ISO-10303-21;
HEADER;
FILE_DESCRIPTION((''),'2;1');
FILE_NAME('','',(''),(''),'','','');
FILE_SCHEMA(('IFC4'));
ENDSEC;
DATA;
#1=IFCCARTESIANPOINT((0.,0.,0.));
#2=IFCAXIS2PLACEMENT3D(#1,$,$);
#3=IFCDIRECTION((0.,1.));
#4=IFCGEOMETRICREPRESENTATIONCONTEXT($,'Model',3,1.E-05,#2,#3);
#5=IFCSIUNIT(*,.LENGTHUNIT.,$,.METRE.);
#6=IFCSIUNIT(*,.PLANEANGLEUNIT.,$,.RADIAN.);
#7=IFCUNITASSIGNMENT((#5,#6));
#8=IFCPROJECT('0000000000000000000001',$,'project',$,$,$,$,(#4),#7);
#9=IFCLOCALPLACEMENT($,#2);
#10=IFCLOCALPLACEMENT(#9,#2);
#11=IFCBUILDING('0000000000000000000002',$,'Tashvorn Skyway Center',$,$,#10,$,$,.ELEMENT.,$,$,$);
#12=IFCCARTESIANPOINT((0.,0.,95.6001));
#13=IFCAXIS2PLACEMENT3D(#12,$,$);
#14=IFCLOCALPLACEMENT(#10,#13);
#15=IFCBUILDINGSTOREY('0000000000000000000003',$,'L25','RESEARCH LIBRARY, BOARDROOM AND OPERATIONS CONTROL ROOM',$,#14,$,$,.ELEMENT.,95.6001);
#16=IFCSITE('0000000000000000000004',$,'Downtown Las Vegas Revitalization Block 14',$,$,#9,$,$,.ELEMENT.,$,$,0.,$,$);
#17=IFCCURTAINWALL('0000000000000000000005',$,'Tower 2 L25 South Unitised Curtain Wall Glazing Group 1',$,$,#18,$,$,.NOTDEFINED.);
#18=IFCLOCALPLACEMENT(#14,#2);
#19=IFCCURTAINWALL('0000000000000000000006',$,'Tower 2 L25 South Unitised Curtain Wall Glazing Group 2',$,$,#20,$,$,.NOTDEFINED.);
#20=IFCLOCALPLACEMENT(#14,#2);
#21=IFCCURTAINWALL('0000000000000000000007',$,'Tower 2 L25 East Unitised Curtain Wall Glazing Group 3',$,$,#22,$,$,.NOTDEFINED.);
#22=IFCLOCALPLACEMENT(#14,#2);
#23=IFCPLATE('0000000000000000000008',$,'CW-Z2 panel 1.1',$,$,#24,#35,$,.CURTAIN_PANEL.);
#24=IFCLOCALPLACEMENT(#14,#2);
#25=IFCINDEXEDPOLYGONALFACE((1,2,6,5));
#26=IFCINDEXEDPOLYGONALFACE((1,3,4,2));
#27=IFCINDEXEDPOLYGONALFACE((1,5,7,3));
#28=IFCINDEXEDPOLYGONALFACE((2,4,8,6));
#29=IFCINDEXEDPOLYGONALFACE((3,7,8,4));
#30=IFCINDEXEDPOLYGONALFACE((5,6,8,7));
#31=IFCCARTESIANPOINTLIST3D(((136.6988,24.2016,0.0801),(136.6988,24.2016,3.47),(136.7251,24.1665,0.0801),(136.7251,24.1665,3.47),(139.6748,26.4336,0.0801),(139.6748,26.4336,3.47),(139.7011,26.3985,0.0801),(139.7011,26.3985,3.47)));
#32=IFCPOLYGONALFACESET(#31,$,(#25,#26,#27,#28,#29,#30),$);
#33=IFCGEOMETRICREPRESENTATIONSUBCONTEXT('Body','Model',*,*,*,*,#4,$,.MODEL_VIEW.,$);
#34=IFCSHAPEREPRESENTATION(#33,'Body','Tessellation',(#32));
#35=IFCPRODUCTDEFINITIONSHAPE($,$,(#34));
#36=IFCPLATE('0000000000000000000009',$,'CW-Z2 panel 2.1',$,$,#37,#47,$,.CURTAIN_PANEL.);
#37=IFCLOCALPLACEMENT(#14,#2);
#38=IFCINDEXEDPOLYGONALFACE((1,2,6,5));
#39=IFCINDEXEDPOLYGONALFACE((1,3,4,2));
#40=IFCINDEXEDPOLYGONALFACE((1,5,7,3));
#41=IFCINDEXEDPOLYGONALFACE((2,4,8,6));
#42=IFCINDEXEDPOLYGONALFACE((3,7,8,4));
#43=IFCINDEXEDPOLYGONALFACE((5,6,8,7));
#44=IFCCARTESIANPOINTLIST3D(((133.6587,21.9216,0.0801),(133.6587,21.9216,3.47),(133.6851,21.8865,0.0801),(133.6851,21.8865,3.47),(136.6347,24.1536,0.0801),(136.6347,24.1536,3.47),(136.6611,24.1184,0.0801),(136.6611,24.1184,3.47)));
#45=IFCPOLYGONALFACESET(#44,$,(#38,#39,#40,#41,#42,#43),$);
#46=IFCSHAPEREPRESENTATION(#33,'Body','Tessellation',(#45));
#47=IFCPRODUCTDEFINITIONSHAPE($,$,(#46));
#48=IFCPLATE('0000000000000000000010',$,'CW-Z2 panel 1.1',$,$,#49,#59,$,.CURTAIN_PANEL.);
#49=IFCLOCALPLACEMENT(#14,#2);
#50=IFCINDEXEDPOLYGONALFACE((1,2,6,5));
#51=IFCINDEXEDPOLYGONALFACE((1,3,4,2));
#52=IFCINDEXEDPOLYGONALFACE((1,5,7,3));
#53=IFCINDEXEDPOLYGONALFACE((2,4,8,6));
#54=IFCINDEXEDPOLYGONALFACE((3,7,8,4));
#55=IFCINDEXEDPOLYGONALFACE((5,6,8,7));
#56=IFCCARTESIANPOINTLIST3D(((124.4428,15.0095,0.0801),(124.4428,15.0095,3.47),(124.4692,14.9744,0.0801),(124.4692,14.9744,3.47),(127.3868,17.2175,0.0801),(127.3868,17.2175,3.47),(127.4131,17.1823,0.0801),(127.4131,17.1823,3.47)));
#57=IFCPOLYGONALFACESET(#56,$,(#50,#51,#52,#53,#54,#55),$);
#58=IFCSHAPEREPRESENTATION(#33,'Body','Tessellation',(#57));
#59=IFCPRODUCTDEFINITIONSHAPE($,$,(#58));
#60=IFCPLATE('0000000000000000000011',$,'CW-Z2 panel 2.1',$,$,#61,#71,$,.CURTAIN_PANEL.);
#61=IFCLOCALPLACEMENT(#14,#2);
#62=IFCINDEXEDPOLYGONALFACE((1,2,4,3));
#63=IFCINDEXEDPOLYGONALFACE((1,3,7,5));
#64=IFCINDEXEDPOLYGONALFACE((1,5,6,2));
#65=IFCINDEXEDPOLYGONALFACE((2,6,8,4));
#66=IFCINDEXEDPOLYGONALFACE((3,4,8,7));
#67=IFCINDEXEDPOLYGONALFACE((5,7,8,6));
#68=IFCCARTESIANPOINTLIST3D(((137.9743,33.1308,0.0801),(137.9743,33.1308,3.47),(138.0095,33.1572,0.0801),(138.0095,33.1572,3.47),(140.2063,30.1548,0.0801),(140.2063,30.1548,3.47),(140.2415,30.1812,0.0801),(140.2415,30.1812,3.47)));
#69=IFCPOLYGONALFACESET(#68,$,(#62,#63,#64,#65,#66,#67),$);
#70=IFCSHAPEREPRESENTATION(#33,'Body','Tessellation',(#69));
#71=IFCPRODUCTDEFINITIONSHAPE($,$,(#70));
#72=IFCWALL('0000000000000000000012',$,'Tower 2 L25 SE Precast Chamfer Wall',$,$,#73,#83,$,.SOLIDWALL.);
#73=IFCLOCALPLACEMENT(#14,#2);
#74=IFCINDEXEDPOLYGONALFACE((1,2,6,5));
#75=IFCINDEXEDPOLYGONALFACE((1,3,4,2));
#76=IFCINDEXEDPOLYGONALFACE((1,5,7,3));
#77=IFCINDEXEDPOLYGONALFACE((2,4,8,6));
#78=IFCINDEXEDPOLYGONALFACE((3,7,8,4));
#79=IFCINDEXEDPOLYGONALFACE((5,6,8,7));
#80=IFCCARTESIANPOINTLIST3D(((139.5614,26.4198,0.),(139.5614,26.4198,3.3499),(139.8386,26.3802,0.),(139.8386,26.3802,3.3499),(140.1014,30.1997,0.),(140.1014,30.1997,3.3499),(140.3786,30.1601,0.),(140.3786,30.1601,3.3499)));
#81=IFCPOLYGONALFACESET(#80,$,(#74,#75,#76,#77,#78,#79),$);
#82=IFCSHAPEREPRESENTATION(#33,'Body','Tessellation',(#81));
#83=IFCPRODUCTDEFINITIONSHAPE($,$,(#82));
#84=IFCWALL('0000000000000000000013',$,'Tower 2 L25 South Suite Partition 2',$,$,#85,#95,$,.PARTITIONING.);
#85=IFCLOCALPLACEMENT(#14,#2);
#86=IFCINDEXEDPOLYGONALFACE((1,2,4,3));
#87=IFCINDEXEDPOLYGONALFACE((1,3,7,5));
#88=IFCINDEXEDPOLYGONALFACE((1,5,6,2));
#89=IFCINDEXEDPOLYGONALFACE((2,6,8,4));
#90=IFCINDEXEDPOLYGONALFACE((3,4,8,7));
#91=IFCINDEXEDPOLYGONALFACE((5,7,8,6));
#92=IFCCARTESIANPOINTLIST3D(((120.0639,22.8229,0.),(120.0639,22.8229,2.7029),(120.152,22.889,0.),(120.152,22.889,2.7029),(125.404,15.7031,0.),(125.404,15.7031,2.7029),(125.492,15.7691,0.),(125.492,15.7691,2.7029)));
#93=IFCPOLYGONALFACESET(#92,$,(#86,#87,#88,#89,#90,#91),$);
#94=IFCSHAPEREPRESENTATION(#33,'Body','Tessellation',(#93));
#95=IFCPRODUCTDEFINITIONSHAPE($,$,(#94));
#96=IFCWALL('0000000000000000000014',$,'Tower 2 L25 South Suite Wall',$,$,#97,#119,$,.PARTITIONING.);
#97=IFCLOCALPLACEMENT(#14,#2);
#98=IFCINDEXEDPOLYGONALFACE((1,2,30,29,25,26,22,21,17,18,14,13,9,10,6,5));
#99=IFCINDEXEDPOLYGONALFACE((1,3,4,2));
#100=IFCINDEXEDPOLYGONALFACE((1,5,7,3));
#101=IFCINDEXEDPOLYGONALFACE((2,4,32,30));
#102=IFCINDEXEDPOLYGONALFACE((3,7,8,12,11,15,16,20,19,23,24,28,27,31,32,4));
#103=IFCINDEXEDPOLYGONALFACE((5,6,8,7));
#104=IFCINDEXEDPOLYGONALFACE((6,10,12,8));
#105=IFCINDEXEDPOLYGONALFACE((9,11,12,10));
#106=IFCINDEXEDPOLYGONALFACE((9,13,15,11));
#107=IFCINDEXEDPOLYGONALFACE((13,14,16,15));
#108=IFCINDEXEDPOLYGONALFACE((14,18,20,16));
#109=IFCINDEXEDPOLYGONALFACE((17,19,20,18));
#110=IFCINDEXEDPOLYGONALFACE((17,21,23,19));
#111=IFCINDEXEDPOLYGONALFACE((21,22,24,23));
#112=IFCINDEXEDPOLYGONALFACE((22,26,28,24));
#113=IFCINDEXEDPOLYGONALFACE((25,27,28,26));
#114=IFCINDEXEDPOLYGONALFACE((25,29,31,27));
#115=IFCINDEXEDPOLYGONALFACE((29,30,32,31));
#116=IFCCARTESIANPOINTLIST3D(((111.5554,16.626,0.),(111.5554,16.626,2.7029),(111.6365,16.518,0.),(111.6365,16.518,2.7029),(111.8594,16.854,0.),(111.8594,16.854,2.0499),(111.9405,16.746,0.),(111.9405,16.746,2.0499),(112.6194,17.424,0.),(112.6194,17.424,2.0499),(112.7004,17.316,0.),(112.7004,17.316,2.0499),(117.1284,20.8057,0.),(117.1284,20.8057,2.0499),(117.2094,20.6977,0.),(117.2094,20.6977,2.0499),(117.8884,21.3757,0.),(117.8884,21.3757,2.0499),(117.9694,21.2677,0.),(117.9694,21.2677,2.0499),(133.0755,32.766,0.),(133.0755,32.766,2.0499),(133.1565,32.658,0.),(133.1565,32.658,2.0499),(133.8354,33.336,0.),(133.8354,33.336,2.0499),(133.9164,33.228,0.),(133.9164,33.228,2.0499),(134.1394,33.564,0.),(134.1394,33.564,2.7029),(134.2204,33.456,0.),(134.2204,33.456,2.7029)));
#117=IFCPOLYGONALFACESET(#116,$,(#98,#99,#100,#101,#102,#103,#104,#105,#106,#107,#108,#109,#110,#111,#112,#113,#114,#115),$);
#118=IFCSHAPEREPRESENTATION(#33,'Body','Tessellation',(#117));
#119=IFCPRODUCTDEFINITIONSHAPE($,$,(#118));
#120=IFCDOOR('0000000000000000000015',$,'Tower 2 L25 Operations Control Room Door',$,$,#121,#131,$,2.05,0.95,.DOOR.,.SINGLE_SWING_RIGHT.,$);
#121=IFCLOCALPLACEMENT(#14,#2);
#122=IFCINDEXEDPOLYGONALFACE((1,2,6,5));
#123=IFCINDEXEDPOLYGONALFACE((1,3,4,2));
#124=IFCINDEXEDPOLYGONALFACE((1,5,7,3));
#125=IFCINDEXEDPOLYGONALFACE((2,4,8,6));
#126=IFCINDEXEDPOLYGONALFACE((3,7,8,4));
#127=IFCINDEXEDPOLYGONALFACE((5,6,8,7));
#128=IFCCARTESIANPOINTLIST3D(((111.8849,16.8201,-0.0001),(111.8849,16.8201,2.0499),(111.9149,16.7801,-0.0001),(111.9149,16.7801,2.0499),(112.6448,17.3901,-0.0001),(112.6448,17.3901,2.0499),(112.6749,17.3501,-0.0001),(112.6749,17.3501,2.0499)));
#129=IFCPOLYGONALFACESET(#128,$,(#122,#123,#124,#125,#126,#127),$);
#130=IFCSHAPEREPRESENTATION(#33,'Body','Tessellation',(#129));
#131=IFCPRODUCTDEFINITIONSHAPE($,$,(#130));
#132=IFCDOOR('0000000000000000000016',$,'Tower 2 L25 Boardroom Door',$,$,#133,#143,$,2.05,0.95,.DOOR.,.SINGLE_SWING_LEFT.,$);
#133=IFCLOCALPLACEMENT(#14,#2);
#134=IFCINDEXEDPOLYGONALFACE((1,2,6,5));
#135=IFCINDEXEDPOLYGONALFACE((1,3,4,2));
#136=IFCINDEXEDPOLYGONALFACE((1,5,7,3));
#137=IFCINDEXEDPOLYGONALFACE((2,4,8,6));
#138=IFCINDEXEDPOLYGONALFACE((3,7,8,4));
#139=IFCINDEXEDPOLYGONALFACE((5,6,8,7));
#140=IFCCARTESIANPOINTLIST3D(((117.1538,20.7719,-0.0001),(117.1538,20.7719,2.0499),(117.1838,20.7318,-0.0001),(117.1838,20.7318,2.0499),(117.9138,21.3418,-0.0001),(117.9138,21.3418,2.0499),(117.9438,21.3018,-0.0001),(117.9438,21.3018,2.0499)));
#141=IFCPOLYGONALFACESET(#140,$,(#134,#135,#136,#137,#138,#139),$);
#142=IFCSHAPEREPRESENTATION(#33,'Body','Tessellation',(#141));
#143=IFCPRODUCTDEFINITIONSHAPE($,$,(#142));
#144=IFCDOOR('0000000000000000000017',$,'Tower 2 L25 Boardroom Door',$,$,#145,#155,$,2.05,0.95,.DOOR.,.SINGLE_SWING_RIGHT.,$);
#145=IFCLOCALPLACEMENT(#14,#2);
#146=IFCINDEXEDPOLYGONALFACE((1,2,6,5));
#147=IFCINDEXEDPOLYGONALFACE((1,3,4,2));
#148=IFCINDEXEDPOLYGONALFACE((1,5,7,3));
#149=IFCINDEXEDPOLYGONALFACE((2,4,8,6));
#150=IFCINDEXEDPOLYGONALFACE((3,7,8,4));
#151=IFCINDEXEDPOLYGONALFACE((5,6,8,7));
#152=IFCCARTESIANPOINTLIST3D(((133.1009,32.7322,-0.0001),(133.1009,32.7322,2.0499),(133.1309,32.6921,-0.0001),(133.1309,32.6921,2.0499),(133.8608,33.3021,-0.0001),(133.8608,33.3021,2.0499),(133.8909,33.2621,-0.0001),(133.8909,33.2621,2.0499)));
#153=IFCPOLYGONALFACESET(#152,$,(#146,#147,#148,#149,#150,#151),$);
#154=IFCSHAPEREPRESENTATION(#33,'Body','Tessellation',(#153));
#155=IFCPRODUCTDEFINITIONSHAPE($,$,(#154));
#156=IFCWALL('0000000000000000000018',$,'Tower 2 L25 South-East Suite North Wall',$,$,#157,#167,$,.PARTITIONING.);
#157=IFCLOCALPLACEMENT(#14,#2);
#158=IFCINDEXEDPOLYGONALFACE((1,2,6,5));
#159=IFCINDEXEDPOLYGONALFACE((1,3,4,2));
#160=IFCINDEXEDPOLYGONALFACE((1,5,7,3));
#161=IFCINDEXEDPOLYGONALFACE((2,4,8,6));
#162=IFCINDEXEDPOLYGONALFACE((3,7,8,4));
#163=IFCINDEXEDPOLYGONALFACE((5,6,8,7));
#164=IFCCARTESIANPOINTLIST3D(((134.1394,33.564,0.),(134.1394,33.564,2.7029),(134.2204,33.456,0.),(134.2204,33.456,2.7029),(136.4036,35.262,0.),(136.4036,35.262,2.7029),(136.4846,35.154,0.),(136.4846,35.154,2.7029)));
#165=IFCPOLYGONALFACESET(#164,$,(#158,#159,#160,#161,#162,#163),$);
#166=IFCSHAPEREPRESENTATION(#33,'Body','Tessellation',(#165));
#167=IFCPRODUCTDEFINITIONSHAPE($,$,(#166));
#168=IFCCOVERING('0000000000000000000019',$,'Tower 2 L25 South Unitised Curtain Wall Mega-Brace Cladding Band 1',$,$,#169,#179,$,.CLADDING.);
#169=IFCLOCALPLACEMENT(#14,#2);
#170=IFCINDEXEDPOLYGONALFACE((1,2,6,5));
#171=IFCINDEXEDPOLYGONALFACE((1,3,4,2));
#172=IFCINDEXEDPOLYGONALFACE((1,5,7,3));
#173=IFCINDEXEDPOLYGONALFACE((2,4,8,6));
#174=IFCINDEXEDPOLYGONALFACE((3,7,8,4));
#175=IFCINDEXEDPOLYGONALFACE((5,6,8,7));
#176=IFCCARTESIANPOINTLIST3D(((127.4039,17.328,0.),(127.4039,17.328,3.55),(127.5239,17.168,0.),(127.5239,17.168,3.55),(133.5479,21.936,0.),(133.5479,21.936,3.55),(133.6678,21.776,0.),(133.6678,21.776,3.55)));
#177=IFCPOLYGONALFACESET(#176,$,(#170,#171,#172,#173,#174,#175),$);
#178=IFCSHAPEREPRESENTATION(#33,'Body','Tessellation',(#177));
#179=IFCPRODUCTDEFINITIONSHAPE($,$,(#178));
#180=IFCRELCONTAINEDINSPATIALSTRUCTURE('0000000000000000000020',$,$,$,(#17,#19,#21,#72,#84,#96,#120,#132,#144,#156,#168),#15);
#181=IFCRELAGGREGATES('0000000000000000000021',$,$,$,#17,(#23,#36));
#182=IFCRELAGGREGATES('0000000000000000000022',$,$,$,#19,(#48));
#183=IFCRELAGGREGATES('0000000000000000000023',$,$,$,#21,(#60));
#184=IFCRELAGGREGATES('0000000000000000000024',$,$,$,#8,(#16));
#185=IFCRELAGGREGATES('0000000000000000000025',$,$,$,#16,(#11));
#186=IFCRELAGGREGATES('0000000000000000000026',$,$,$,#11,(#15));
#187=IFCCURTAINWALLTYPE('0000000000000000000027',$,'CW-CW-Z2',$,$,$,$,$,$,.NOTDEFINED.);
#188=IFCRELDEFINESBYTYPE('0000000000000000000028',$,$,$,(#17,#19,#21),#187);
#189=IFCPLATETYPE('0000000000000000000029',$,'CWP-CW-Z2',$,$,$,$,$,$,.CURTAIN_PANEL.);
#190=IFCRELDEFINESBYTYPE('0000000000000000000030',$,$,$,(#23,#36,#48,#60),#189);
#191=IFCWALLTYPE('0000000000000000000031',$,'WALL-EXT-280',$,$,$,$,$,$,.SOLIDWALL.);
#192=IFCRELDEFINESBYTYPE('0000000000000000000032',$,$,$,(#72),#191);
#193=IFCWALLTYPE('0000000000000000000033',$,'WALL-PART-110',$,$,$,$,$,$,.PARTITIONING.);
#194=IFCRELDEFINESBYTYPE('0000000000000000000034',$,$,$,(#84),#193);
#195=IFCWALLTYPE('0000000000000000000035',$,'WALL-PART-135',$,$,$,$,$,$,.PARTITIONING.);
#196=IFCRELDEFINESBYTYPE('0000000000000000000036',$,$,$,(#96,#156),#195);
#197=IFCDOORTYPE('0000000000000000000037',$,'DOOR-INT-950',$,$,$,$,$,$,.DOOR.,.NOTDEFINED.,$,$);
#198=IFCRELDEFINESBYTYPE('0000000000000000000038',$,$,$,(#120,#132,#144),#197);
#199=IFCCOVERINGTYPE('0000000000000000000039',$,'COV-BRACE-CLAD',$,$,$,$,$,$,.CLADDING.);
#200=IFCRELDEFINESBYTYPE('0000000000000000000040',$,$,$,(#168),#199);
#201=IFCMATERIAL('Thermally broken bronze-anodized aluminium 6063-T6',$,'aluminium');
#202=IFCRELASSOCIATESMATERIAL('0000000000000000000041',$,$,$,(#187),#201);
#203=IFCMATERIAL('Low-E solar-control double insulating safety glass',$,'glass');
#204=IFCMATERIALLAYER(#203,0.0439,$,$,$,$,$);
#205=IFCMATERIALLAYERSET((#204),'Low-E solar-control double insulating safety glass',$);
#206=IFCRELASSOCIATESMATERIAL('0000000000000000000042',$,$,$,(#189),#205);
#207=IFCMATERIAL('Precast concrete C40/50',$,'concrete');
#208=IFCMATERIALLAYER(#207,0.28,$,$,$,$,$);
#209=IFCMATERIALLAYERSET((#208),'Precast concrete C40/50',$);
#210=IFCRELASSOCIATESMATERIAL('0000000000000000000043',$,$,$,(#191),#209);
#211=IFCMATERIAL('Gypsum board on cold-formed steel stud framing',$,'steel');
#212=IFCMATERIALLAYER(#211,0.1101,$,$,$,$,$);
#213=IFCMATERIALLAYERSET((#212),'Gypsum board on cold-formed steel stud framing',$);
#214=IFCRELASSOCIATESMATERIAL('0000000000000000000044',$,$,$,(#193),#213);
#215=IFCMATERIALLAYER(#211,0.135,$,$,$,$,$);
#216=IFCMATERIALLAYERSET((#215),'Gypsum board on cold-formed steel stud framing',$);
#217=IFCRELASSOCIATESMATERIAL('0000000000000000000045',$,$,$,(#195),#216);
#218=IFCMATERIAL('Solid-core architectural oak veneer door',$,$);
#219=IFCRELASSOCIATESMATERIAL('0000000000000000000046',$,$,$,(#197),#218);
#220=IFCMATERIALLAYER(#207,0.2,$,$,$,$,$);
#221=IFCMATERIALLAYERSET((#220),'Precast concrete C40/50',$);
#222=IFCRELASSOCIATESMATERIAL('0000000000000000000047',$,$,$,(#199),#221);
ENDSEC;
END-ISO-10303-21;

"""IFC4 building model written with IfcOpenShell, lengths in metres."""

from ifc_helpers import new_model, si_unit, direction, frame, frame_2d, origin, origin_2d, place, context, subcontext, project, spatial, rectangle, extrude, material, layer, layer_set, type_object, element, fill, aggregate, save


model = new_model("IFC4")

# Units and contexts
model_context = context("Model", 3, precision=1e-05, world=origin(), true_north=direction((0.0, 1.0)))
body_context = subcontext(model_context, "Body", "Model", "MODEL_VIEW")
ifc_project = project(units=[si_unit("LENGTHUNIT", "METRE"), si_unit("PLANEANGLEUNIT", "RADIAN")], contexts=[model_context])

# Site, building, storey
site_placement = place(None, origin())
site = spatial("IfcSite", under=ifc_project, at=site_placement, Name="Downtown Las Vegas Revitalization Block 14", CompositionType="ELEMENT", RefElevation=0.0)
building_placement = place(site_placement, origin())
building = spatial("IfcBuilding", under=site, at=building_placement, Name="Tashvorn Skyway Center", CompositionType="ELEMENT")
storey_placement = place(building_placement, frame((0.0, 0.0, 95.6001)))
storey = spatial("IfcBuildingStorey", under=building, at=storey_placement, Name="L25", Description="RESEARCH LIBRARY, BOARDROOM AND OPERATIONS CONTROL ROOM", CompositionType="ELEMENT", Elevation=95.6001)

# Curtain wall
ifc_material_1 = material(Name="Thermally broken bronze-anodized aluminium 6063-T6", Category="aluminium")
curtain_wall_type = type_object("IfcCurtainWallType", Name="CW-CW-Z2", PredefinedType="NOTDEFINED", material=ifc_material_1)
curtain_wall_1_placement = place(storey_placement, origin())
curtain_wall_1 = element("IfcCurtainWall", 1, at=curtain_wall_1_placement, inside=storey, type_object=curtain_wall_type, Name="Tower 2 L25 South Unitised Curtain Wall Glazing Group 1", PredefinedType="NOTDEFINED")

# Curtain wall
curtain_wall_2_placement = place(storey_placement, origin())
curtain_wall_2 = element("IfcCurtainWall", 2, at=curtain_wall_2_placement, inside=storey, type_object=curtain_wall_type, Name="Tower 2 L25 South Unitised Curtain Wall Glazing Group 2", PredefinedType="NOTDEFINED")

# Curtain wall
curtain_wall_3_placement = place(storey_placement, origin())
curtain_wall_3 = element("IfcCurtainWall", 3, at=curtain_wall_3_placement, inside=storey, type_object=curtain_wall_type, Name="Tower 2 L25 East Unitised Curtain Wall Glazing Group 3", PredefinedType="NOTDEFINED")

# Plates
ifc_material_2 = material(Name="Low-E solar-control double insulating safety glass", Category="glass")
ifc_layer_1 = layer(ifc_material_2, 0.0439)
ifc_layer_set_1 = layer_set([ifc_layer_1], Name="Low-E solar-control double insulating safety glass")
plate_type = type_object("IfcPlateType", Name="CWP-CW-Z2", PredefinedType="CURTAIN_PANEL", material=ifc_layer_set_1)
plate_1_placement = place(storey_placement, frame((138.2, 25.3, 0.0801), z_axis=(0.0, 0.0, 1.0), x_axis=(-0.8, -0.6, 0.0)))
plate_1 = element("IfcPlate", 4, at=plate_1_placement, type_object=plate_type, Name="CW-Z2 panel 1.1", PredefinedType="CURTAIN_PANEL", context=body_context, shape_type="SweptSolid", body=[
    extrude(rectangle(XDim=3.72, YDim=0.0439, at=origin_2d()), origin(), (0.0, 0.0, 1.0), 3.3899),
])
plate_2_placement = place(storey_placement, frame((135.1599, 23.02, 0.0801), z_axis=(0.0, 0.0, 1.0), x_axis=(-0.8, -0.6, 0.0)))
plate_2 = element("IfcPlate", 5, at=plate_2_placement, type_object=plate_type, Name="CW-Z2 panel 2.1", PredefinedType="CURTAIN_PANEL", context=body_context, shape_type="SweptSolid", body=[
    extrude(rectangle(XDim=3.72, YDim=0.0439, at=origin_2d()), origin(), (0.0, 0.0, 1.0), 3.3899),
])
aggregate(curtain_wall_1, [plate_1, plate_2])
plate_3_placement = place(storey_placement, frame((125.928, 16.0959, 0.0801), z_axis=(0.0, 0.0, 1.0), x_axis=(-0.8, -0.6, 0.0)))
plate_3 = element("IfcPlate", 6, at=plate_3_placement, type_object=plate_type, Name="CW-Z2 panel 1.1", PredefinedType="CURTAIN_PANEL", context=body_context, shape_type="SweptSolid", body=[
    extrude(rectangle(XDim=3.6799, YDim=0.0439, at=origin_2d()), origin(), (0.0, 0.0, 1.0), 3.3899),
])
aggregate(curtain_wall_2, [plate_3])
plate_4_placement = place(storey_placement, frame((139.1079, 31.656, 0.0801), z_axis=(0.0, 0.0, 1.0), x_axis=(0.6, -0.8, 0.0)))
plate_4 = element("IfcPlate", 7, at=plate_4_placement, type_object=plate_type, Name="CW-Z2 panel 2.1", PredefinedType="CURTAIN_PANEL", context=body_context, shape_type="SweptSolid", body=[
    extrude(rectangle(XDim=3.72, YDim=0.0439, at=origin_2d()), origin(), (0.0, 0.0, 1.0), 3.3899),
])
aggregate(curtain_wall_3, [plate_4])

# Walls
ifc_material_3 = material(Name="Precast concrete C40/50", Category="concrete")
ifc_layer_2 = layer(ifc_material_3, 0.28)
ifc_layer_set_2 = layer_set([ifc_layer_2], Name="Precast concrete C40/50")
wall_type_1 = type_object("IfcWallType", Name="WALL-EXT-280", PredefinedType="SOLIDWALL", material=ifc_layer_set_2)
wall_1_placement = place(storey_placement, frame((140.24, 30.1799, 0.0), z_axis=(0.0, 0.0, 1.0), x_axis=(-0.14143, -0.989948, 0.0)))
element("IfcWall", 8, at=wall_1_placement, inside=storey, type_object=wall_type_1, Name="Tower 2 L25 SE Precast Chamfer Wall", PredefinedType="SOLIDWALL", context=body_context, shape_type="SweptSolid", body=[
    extrude(rectangle(XDim=3.8184, YDim=0.28, at=frame_2d((1.9092, 0.0))), origin(), (0.0, 0.0, 1.0), 3.3499),
])
ifc_material_4 = material(Name="Gypsum board on cold-formed steel stud framing", Category="steel")
ifc_layer_3 = layer(ifc_material_4, 0.1101)
ifc_layer_set_3 = layer_set([ifc_layer_3], Name="Gypsum board on cold-formed steel stud framing")
wall_type_2 = type_object("IfcWallType", Name="WALL-PART-110", PredefinedType="PARTITIONING", material=ifc_layer_set_3)
wall_2_placement = place(storey_placement, frame((125.448, 15.7361, 0.0), z_axis=(0.0, 0.0, 1.0), x_axis=(-0.600013, 0.79999, 0.0)))
element("IfcWall", 9, at=wall_2_placement, inside=storey, type_object=wall_type_2, Name="Tower 2 L25 South Suite Partition 2", PredefinedType="PARTITIONING", context=body_context, shape_type="SweptSolid", body=[
    extrude(rectangle(XDim=8.8999, YDim=0.1101, at=frame_2d((4.45, 0.0))), origin(), (0.0, 0.0, 1.0), 2.7029),
])

# Wall, openings, doors
ifc_layer_4 = layer(ifc_material_4, 0.135)
ifc_layer_set_4 = layer_set([ifc_layer_4], Name="Gypsum board on cold-formed steel stud framing")
wall_type_3 = type_object("IfcWallType", Name="WALL-PART-135", PredefinedType="PARTITIONING", material=ifc_layer_set_4)
wall_3_placement = place(storey_placement, frame((134.1799, 33.51, 0.0), z_axis=(0.0, 0.0, 1.0), x_axis=(-0.8, -0.6, 0.0)))
wall_3 = element("IfcWall", 10, at=wall_3_placement, inside=storey, type_object=wall_type_3, Name="Tower 2 L25 South Suite Wall", PredefinedType="PARTITIONING", context=body_context, shape_type="SweptSolid", body=[
    extrude(rectangle(XDim=28.23, YDim=0.135, at=frame_2d((14.115, 0.0))), origin(), (0.0, 0.0, 1.0), 2.7029),
])
opening_1_placement = place(wall_3_placement, frame((26.8999, 0.0, 0.0)))
opening_1 = element("IfcOpeningElement", 11, at=opening_1_placement, cuts=wall_3, PredefinedType="OPENING", context=body_context, shape_type="SweptSolid", body=[
    extrude(rectangle(XDim=0.95, YDim=2.05, at=frame_2d((0.4751, 1.0249))), frame((0.0, 0.0774, 0.0), z_axis=(0.0, -1.0, 0.0), x_axis=(1.0, 0.0, 0.0)), (0.0, 0.0, 1.0), 0.155),
])
opening_2_placement = place(wall_3_placement, frame((20.3137, 0.0, 0.0)))
opening_2 = element("IfcOpeningElement", 12, at=opening_2_placement, cuts=wall_3, PredefinedType="OPENING", context=body_context, shape_type="SweptSolid", body=[
    extrude(rectangle(XDim=0.95, YDim=2.05, at=frame_2d((0.4751, 1.0249))), frame((0.0, 0.0774, 0.0), z_axis=(0.0, -1.0, 0.0), x_axis=(1.0, 0.0, 0.0)), (0.0, 0.0, 1.0), 0.155),
])
opening_3_placement = place(wall_3_placement, frame((0.3799, 0.0, 0.0)))
opening_3 = element("IfcOpeningElement", 13, at=opening_3_placement, cuts=wall_3, PredefinedType="OPENING", context=body_context, shape_type="SweptSolid", body=[
    extrude(rectangle(XDim=0.95, YDim=2.05, at=frame_2d((0.4751, 1.0249))), frame((0.0, 0.0774, 0.0), z_axis=(0.0, -1.0, 0.0), x_axis=(1.0, 0.0, 0.0)), (0.0, 0.0, 1.0), 0.155),
])
ifc_material_5 = material(Name="Solid-core architectural oak veneer door")
door_type = type_object("IfcDoorType", Name="DOOR-INT-950", OperationType="NOTDEFINED", PredefinedType="DOOR", material=ifc_material_5)
door_1_placement = place(opening_1_placement, origin())
door_1 = element("IfcDoor", 14, at=door_1_placement, inside=storey, type_object=door_type, Name="Tower 2 L25 Operations Control Room Door", OperationType="SINGLE_SWING_RIGHT", OverallHeight=2.05, OverallWidth=0.95, PredefinedType="DOOR", context=body_context, shape_type="SweptSolid", body=[
    extrude(rectangle(XDim=0.95, YDim=2.05, at=frame_2d((0.4751, 1.0249))), frame((0.0, 0.0249, 0.0), z_axis=(0.0, -1.0, 0.0), x_axis=(1.0, 0.0, 0.0)), (0.0, 0.0, 1.0), 0.05),
])
fill(opening_1, door_1)
door_2_placement = place(opening_2_placement, origin())
door_2 = element("IfcDoor", 15, at=door_2_placement, inside=storey, type_object=door_type, Name="Tower 2 L25 Boardroom Door", OperationType="SINGLE_SWING_LEFT", OverallHeight=2.05, OverallWidth=0.95, PredefinedType="DOOR", context=body_context, shape_type="SweptSolid", body=[
    extrude(rectangle(XDim=0.95, YDim=2.05, at=frame_2d((0.4751, 1.0249))), frame((0.0, 0.0249, 0.0), z_axis=(0.0, -1.0, 0.0), x_axis=(1.0, 0.0, 0.0)), (0.0, 0.0, 1.0), 0.05),
])
fill(opening_2, door_2)
door_3_placement = place(opening_3_placement, origin())
door_3 = element("IfcDoor", 16, at=door_3_placement, inside=storey, type_object=door_type, Name="Tower 2 L25 Boardroom Door", OperationType="SINGLE_SWING_RIGHT", OverallHeight=2.05, OverallWidth=0.95, PredefinedType="DOOR", context=body_context, shape_type="SweptSolid", body=[
    extrude(rectangle(XDim=0.95, YDim=2.05, at=frame_2d((0.4751, 1.0249))), frame((0.0, 0.0249, 0.0), z_axis=(0.0, -1.0, 0.0), x_axis=(1.0, 0.0, 0.0)), (0.0, 0.0, 1.0), 0.05),
])
fill(opening_3, door_3)

# Wall
wall_4_placement = place(storey_placement, frame((134.1799, 33.51, 0.0), z_axis=(0.0, 0.0, 1.0), x_axis=(0.800021, 0.599972, 0.0)))
element("IfcWall", 17, at=wall_4_placement, inside=storey, type_object=wall_type_3, Name="Tower 2 L25 South-East Suite North Wall", PredefinedType="PARTITIONING", context=body_context, shape_type="SweptSolid", body=[
    extrude(rectangle(XDim=2.8301, YDim=0.135, at=frame_2d((1.415, 0.0))), origin(), (0.0, 0.0, 1.0), 2.7029),
])

# Covering
ifc_layer_5 = layer(ifc_material_3, 0.2)
ifc_layer_set_5 = layer_set([ifc_layer_5], Name="Precast concrete C40/50")
covering_type_1 = type_object("IfcCoveringType", Name="COV-BRACE-CLAD", PredefinedType="CLADDING", material=ifc_layer_set_5)
covering_1_placement = place(storey_placement, frame((130.5359, 19.552, 0.0), z_axis=(0.0, 0.0, 1.0), x_axis=(-0.8, -0.6, 0.0)))
element("IfcCovering", 18, at=covering_1_placement, inside=storey, type_object=covering_type_1, Name="Tower 2 L25 South Unitised Curtain Wall Mega-Brace Cladding Band 1", PredefinedType="CLADDING", context=body_context, shape_type="SweptSolid", body=[
    extrude(rectangle(XDim=7.6799, YDim=0.2, at=origin_2d()), origin(), (0.0, 0.0, 1.0), 3.55),
])

save(model, "model.ifc")
